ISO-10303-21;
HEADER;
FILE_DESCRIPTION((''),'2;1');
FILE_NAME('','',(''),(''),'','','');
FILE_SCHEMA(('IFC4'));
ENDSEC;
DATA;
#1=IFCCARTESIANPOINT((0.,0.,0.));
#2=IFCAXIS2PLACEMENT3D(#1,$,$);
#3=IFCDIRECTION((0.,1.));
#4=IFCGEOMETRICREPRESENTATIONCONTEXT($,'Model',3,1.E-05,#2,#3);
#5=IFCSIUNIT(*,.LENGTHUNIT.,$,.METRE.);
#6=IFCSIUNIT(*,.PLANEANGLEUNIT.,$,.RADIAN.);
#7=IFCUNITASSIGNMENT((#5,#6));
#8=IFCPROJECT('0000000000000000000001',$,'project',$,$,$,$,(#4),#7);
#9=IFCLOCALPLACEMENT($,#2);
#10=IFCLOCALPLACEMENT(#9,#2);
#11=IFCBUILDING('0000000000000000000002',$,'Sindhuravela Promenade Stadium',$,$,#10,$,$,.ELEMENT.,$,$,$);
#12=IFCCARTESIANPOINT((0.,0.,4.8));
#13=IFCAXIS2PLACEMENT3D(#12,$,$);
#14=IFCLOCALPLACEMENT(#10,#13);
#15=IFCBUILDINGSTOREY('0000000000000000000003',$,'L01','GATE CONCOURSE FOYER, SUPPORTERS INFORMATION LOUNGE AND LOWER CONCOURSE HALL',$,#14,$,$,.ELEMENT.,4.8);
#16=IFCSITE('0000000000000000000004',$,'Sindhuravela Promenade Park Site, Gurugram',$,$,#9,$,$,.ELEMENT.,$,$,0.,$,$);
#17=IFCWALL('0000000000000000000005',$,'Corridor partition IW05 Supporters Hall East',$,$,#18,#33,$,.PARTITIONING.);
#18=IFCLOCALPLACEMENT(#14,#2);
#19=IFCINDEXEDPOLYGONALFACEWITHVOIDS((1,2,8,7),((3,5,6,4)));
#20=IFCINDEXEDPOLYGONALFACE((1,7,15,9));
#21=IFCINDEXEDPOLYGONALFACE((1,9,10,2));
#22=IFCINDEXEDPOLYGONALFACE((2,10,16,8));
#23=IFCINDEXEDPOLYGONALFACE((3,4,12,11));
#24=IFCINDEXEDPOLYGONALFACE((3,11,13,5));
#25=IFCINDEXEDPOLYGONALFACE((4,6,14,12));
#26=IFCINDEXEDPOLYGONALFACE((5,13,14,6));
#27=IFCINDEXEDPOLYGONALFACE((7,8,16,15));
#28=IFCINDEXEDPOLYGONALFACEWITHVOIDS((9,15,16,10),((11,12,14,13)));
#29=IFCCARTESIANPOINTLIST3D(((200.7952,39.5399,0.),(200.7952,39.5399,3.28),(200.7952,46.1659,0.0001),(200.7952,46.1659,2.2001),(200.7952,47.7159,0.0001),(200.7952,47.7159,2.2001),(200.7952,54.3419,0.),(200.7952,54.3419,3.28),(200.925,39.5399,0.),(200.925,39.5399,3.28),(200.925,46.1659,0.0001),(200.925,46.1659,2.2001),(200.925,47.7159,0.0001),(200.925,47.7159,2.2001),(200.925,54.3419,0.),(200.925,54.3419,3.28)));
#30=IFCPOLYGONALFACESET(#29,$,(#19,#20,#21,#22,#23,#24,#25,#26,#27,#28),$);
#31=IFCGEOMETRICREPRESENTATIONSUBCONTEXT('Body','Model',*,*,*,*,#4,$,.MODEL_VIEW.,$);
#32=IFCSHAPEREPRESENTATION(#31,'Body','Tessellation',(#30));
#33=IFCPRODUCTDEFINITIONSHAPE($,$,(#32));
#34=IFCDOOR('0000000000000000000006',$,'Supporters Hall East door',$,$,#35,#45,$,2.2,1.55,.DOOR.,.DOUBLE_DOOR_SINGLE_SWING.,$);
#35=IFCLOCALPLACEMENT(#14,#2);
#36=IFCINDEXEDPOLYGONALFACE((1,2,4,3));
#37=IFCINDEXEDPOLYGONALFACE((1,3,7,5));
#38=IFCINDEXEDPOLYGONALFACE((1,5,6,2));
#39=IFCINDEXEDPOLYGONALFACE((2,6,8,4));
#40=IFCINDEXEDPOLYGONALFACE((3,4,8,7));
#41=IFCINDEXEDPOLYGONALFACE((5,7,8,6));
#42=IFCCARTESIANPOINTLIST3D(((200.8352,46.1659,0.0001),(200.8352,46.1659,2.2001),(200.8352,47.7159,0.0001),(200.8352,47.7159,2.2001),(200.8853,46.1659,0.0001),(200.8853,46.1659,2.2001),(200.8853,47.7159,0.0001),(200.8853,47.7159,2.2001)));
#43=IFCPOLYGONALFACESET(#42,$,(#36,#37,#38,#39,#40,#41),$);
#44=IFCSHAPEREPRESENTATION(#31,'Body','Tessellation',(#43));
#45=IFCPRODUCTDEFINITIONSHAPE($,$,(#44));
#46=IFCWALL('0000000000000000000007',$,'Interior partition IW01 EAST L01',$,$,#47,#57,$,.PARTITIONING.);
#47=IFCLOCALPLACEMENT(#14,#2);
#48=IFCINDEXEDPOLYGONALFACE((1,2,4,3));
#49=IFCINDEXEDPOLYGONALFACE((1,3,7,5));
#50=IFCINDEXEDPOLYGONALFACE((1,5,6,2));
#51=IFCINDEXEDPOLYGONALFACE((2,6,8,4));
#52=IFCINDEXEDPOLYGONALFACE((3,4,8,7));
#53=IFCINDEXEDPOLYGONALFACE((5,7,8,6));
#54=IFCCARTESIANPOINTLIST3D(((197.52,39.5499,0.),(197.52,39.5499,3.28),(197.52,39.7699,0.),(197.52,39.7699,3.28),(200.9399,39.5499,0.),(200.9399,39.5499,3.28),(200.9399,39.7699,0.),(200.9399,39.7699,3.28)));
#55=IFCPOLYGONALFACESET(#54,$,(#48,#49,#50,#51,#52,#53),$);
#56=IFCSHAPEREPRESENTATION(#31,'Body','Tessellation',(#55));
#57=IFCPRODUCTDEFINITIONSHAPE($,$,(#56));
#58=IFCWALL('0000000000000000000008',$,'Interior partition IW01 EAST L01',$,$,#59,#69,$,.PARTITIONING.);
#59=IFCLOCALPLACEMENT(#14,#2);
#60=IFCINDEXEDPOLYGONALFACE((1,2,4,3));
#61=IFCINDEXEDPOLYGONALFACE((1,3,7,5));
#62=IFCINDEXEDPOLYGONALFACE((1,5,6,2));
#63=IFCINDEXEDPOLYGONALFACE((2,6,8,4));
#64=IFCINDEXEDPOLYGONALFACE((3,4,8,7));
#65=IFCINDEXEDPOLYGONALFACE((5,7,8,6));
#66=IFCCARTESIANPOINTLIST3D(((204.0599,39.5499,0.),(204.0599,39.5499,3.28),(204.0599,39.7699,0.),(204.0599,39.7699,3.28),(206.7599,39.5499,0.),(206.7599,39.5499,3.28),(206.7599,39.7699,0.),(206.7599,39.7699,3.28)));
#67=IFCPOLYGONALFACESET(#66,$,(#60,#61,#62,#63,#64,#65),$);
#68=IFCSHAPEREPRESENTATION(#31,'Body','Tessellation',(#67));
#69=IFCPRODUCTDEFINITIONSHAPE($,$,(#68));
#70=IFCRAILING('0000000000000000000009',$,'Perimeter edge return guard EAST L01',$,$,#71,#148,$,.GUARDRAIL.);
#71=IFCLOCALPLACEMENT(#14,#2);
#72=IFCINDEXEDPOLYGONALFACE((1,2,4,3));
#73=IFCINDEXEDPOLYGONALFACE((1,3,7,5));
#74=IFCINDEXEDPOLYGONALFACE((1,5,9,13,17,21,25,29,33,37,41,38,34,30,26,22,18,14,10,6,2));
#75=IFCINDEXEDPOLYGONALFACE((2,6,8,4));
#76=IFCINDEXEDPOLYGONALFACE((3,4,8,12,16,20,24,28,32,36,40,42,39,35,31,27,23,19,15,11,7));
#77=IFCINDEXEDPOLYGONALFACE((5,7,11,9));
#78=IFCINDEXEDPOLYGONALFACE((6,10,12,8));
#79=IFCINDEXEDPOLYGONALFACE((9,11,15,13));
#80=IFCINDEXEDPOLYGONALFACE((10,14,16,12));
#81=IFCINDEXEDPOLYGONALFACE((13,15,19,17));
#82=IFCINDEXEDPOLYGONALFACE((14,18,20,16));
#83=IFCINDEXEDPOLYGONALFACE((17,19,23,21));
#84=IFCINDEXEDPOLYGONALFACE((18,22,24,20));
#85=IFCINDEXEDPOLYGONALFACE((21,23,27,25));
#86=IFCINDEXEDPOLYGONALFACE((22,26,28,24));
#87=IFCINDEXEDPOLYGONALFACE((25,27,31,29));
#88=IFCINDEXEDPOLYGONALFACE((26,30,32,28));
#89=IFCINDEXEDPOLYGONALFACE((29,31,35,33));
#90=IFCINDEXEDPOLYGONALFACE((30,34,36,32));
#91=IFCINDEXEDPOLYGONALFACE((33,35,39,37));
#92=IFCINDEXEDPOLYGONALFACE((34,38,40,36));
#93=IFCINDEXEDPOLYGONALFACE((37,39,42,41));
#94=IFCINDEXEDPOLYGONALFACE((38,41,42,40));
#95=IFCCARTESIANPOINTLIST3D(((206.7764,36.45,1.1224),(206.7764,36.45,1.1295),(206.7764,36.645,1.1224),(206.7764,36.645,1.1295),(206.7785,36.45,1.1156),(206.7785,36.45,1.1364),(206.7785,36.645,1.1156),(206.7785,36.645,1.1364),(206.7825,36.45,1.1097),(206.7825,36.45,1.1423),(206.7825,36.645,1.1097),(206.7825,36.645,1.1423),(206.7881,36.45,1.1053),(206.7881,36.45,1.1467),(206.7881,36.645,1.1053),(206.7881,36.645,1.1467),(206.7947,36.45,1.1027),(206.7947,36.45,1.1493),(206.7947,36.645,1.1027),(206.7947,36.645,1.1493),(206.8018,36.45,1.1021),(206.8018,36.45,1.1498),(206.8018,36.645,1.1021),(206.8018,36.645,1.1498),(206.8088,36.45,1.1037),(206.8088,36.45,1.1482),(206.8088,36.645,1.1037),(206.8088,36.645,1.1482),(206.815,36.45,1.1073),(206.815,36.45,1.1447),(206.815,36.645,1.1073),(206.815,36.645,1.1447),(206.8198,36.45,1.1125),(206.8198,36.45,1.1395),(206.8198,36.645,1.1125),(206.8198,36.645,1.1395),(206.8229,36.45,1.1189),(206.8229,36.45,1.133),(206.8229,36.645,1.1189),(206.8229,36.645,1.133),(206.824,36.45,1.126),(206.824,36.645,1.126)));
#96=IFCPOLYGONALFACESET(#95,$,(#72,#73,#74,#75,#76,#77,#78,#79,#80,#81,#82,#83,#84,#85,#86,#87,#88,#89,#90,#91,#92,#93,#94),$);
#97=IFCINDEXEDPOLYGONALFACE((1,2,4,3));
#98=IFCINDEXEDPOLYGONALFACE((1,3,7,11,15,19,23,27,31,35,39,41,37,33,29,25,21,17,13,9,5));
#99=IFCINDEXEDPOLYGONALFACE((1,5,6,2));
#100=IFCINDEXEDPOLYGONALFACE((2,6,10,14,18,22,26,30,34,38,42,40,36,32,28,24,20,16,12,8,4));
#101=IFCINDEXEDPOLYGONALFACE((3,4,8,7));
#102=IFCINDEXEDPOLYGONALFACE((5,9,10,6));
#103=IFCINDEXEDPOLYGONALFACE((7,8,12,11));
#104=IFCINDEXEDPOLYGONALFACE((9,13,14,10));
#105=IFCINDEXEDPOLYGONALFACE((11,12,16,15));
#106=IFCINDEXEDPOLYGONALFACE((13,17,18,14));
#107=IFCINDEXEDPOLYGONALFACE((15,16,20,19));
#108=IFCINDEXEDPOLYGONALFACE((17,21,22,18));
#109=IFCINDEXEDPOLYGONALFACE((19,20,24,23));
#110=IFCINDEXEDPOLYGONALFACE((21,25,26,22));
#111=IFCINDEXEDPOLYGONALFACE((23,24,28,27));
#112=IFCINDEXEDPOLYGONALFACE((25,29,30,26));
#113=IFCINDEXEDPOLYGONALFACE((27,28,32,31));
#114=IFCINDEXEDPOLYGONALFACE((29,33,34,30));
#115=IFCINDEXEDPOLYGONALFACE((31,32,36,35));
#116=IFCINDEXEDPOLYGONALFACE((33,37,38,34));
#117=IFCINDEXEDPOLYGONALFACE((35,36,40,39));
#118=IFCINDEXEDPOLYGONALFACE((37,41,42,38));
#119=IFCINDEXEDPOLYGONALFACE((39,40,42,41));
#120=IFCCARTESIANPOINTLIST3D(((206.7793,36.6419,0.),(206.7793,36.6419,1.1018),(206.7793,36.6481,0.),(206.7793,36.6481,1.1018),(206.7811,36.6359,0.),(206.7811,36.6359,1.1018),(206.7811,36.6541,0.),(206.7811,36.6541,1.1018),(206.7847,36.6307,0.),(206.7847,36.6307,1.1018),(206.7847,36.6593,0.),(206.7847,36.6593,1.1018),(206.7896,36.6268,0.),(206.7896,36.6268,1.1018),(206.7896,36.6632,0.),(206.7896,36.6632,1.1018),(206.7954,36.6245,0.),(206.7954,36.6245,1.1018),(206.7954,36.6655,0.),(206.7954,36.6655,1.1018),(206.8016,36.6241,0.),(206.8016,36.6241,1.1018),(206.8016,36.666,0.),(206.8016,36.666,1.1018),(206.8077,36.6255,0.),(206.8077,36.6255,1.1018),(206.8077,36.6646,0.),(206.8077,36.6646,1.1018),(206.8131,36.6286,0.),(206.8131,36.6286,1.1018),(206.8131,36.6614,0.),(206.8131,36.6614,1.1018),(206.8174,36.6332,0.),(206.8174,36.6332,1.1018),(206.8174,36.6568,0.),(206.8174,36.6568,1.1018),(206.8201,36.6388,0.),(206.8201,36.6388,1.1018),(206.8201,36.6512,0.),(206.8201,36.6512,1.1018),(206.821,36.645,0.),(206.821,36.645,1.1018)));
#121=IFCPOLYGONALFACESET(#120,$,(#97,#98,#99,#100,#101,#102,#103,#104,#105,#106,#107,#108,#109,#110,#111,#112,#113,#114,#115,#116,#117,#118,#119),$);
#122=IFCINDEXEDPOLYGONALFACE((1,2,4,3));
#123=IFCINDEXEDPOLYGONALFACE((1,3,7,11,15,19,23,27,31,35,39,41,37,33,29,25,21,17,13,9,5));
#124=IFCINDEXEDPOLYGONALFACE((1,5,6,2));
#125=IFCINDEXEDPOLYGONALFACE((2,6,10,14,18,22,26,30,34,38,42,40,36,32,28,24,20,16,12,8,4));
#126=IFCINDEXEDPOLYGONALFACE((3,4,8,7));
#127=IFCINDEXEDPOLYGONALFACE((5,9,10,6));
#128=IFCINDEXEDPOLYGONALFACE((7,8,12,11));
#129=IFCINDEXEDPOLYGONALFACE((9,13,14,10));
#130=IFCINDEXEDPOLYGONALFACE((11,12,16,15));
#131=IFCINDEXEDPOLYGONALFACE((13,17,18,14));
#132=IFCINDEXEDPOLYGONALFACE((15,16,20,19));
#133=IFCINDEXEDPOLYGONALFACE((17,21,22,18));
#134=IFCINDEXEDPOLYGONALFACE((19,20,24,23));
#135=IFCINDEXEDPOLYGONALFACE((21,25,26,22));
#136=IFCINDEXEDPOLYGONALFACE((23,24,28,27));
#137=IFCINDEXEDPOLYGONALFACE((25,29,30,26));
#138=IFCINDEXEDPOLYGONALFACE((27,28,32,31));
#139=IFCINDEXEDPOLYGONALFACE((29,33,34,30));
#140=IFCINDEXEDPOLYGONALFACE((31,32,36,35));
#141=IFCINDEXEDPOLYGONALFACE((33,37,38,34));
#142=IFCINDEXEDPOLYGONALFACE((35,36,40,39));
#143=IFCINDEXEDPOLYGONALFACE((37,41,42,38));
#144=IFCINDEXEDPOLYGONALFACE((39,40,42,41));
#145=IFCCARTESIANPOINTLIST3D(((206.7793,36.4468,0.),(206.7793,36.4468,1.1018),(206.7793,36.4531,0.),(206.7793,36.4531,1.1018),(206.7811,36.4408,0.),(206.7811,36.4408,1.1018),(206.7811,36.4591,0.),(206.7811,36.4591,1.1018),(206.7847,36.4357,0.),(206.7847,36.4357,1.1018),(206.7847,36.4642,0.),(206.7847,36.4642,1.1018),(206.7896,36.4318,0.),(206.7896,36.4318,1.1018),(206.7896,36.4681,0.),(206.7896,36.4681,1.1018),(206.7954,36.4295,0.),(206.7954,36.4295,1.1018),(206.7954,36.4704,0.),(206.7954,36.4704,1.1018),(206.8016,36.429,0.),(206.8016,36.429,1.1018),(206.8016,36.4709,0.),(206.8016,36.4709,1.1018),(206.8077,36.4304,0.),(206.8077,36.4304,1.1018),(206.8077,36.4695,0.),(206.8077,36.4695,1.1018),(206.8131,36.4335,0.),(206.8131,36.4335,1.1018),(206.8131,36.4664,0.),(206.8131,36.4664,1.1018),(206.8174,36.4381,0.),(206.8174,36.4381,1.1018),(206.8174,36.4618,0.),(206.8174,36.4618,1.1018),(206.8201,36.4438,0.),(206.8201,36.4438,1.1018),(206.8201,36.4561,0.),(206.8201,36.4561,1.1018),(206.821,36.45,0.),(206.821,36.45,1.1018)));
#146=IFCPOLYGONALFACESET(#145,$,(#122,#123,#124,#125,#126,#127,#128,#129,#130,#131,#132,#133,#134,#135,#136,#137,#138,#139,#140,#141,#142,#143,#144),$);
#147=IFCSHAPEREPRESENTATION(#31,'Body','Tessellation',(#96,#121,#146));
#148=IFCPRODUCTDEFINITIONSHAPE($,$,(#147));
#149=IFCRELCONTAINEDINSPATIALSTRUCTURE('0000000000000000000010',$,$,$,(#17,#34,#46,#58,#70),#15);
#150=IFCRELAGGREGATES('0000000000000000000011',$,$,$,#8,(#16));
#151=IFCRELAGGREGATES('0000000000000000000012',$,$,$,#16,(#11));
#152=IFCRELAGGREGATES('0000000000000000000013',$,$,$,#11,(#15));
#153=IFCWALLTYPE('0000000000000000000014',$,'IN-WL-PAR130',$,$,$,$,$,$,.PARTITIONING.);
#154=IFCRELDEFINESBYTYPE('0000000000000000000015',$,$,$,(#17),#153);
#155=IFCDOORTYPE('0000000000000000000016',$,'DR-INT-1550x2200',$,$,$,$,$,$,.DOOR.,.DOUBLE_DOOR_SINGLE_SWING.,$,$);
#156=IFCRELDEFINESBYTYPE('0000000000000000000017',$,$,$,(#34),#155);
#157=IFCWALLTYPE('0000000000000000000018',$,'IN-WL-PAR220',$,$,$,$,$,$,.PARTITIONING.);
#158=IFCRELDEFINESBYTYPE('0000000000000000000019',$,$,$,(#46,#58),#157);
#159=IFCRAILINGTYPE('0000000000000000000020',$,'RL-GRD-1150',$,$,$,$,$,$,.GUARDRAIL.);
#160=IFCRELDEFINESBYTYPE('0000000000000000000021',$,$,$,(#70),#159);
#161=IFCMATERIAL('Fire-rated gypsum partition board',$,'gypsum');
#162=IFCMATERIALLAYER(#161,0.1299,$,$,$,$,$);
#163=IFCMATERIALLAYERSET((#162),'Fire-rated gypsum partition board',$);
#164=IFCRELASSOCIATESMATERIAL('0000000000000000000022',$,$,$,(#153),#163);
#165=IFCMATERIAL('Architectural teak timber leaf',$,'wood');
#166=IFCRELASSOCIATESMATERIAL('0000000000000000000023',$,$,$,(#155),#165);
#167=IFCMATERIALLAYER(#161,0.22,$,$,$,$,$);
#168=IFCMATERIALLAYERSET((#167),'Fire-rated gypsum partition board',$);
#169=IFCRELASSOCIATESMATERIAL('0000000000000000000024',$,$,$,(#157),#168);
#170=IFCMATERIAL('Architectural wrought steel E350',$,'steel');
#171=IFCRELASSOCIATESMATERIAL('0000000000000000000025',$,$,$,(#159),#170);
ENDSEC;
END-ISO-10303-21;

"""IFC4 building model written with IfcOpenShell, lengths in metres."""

from ifc_helpers import new_model, si_unit, direction, frame, frame_2d, origin, origin_2d, place, context, subcontext, project, spatial, rectangle, circle, extrude, material, layer, layer_set, type_object, element, fill, save


model = new_model("IFC4")

# Units and contexts
model_context = context("Model", 3, precision=1e-05, world=origin(), true_north=direction((0.0, 1.0)))
body_context = subcontext(model_context, "Body", "Model", "MODEL_VIEW")
ifc_project = project(units=[si_unit("LENGTHUNIT", "METRE"), si_unit("PLANEANGLEUNIT", "RADIAN")], contexts=[model_context])

# Site, building, storey
site_placement = place(None, origin())
site = spatial("IfcSite", under=ifc_project, at=site_placement, Name="Sindhuravela Promenade Park Site, Gurugram", CompositionType="ELEMENT", RefElevation=0.0)
building_placement = place(site_placement, origin())
building = spatial("IfcBuilding", under=site, at=building_placement, Name="Sindhuravela Promenade Stadium", CompositionType="ELEMENT")
storey_placement = place(building_placement, frame((0.0, 0.0, 4.8)))
storey = spatial("IfcBuildingStorey", under=building, at=storey_placement, Name="L01", Description="GATE CONCOURSE FOYER, SUPPORTERS INFORMATION LOUNGE AND LOWER CONCOURSE HALL", CompositionType="ELEMENT", Elevation=4.8)

# Wall, opening, door
ifc_material_1 = material(Name="Fire-rated gypsum partition board", Category="gypsum")
ifc_layer_1 = layer(ifc_material_1, 0.1299)
ifc_layer_set_1 = layer_set([ifc_layer_1], Name="Fire-rated gypsum partition board")
wall_type_1 = type_object("IfcWallType", Name="IN-WL-PAR130", PredefinedType="PARTITIONING", material=ifc_layer_set_1)
wall_1_placement = place(storey_placement, frame((200.8601, 39.54, 0.0), z_axis=(0.0, 0.0, 1.0), x_axis=(0.0, 1.0, 0.0)))
wall_1 = element("IfcWall", 1, at=wall_1_placement, inside=storey, type_object=wall_type_1, Name="Corridor partition IW05 Supporters Hall East", PredefinedType="PARTITIONING", context=body_context, shape_type="SweptSolid", body=[
    extrude(rectangle(XDim=14.802, YDim=0.1299, at=frame_2d((7.4009, 0.0))), origin(), (0.0, 0.0, 1.0), 3.28),
])
opening_placement = place(wall_1_placement, frame((6.626, 0.0, 0.0)))
opening = element("IfcOpeningElement", 2, at=opening_placement, cuts=wall_1, PredefinedType="OPENING", context=body_context, shape_type="SweptSolid", body=[
    extrude(rectangle(XDim=1.55, YDim=2.2, at=frame_2d((0.7749, 1.1001))), frame((0.0, 0.075, 0.0), z_axis=(0.0, -1.0, 0.0), x_axis=(1.0, 0.0, 0.0)), (0.0, 0.0, 1.0), 0.1499),
])
ifc_material_2 = material(Name="Architectural teak timber leaf", Category="wood")
door_type = type_object("IfcDoorType", Name="DR-INT-1550x2200", OperationType="DOUBLE_DOOR_SINGLE_SWING", PredefinedType="DOOR", material=ifc_material_2)
door_placement = place(opening_placement, origin())
door = element("IfcDoor", 3, at=door_placement, inside=storey, type_object=door_type, Name="Supporters Hall East door", OperationType="DOUBLE_DOOR_SINGLE_SWING", OverallHeight=2.2, OverallWidth=1.55, PredefinedType="DOOR", context=body_context, shape_type="SweptSolid", body=[
    extrude(rectangle(XDim=1.55, YDim=2.2, at=frame_2d((0.7749, 1.1001))), frame((0.0, 0.0249, 0.0), z_axis=(0.0, -1.0, 0.0), x_axis=(1.0, 0.0, 0.0)), (0.0, 0.0, 1.0), 0.05),
])
fill(opening, door)

# Walls
ifc_layer_2 = layer(ifc_material_1, 0.22)
ifc_layer_set_2 = layer_set([ifc_layer_2], Name="Fire-rated gypsum partition board")
wall_type_2 = type_object("IfcWallType", Name="IN-WL-PAR220", PredefinedType="PARTITIONING", material=ifc_layer_set_2)
wall_2_placement = place(storey_placement, frame((200.9399, 39.6599, 0.0), z_axis=(0.0, 0.0, 1.0), x_axis=(-1.0, 0.0, 0.0)))
element("IfcWall", 4, at=wall_2_placement, inside=storey, type_object=wall_type_2, Name="Interior partition IW01 EAST L01", PredefinedType="PARTITIONING", context=body_context, shape_type="SweptSolid", body=[
    extrude(rectangle(XDim=3.4199, YDim=0.22, at=frame_2d((1.71, 0.0))), origin(), (0.0, 0.0, 1.0), 3.28),
])
wall_3_placement = place(storey_placement, frame((206.76, 39.6599, 0.0), z_axis=(0.0, 0.0, 1.0), x_axis=(-1.0, 0.0, 0.0)))
element("IfcWall", 5, at=wall_3_placement, inside=storey, type_object=wall_type_2, Name="Interior partition IW01 EAST L01", PredefinedType="PARTITIONING", context=body_context, shape_type="SweptSolid", body=[
    extrude(rectangle(XDim=2.7, YDim=0.22, at=frame_2d((1.3501, 0.0))), origin(), (0.0, 0.0, 1.0), 3.28),
])

# Railing
ifc_material_3 = material(Name="Architectural wrought steel E350", Category="steel")
railing_type = type_object("IfcRailingType", Name="RL-GRD-1150", PredefinedType="GUARDRAIL", material=ifc_material_3)
railing_1_placement = place(storey_placement, frame((206.8, 36.645, 0.0)))
element("IfcRailing", 6, at=railing_1_placement, inside=storey, type_object=railing_type, Name="Perimeter edge return guard EAST L01", PredefinedType="GUARDRAIL", context=body_context, shape_type="SweptSolid", body=[
    extrude(circle(Radius=0.0239, at=origin_2d()), frame((0.0, 0.0, 1.126), z_axis=(0.0, -1.0, 0.0), x_axis=(1.0, 0.0, 0.0)), (0.0, 0.0, 1.0), 0.1951),
    extrude(circle(Radius=0.021, at=origin_2d()), origin(), (0.0, 0.0, 1.0), 1.1018),
    extrude(circle(Radius=0.021, at=origin_2d()), frame((0.0, -0.1951, 0.0)), (0.0, 0.0, 1.0), 1.1018),
])

save(model, "model.ifc")
